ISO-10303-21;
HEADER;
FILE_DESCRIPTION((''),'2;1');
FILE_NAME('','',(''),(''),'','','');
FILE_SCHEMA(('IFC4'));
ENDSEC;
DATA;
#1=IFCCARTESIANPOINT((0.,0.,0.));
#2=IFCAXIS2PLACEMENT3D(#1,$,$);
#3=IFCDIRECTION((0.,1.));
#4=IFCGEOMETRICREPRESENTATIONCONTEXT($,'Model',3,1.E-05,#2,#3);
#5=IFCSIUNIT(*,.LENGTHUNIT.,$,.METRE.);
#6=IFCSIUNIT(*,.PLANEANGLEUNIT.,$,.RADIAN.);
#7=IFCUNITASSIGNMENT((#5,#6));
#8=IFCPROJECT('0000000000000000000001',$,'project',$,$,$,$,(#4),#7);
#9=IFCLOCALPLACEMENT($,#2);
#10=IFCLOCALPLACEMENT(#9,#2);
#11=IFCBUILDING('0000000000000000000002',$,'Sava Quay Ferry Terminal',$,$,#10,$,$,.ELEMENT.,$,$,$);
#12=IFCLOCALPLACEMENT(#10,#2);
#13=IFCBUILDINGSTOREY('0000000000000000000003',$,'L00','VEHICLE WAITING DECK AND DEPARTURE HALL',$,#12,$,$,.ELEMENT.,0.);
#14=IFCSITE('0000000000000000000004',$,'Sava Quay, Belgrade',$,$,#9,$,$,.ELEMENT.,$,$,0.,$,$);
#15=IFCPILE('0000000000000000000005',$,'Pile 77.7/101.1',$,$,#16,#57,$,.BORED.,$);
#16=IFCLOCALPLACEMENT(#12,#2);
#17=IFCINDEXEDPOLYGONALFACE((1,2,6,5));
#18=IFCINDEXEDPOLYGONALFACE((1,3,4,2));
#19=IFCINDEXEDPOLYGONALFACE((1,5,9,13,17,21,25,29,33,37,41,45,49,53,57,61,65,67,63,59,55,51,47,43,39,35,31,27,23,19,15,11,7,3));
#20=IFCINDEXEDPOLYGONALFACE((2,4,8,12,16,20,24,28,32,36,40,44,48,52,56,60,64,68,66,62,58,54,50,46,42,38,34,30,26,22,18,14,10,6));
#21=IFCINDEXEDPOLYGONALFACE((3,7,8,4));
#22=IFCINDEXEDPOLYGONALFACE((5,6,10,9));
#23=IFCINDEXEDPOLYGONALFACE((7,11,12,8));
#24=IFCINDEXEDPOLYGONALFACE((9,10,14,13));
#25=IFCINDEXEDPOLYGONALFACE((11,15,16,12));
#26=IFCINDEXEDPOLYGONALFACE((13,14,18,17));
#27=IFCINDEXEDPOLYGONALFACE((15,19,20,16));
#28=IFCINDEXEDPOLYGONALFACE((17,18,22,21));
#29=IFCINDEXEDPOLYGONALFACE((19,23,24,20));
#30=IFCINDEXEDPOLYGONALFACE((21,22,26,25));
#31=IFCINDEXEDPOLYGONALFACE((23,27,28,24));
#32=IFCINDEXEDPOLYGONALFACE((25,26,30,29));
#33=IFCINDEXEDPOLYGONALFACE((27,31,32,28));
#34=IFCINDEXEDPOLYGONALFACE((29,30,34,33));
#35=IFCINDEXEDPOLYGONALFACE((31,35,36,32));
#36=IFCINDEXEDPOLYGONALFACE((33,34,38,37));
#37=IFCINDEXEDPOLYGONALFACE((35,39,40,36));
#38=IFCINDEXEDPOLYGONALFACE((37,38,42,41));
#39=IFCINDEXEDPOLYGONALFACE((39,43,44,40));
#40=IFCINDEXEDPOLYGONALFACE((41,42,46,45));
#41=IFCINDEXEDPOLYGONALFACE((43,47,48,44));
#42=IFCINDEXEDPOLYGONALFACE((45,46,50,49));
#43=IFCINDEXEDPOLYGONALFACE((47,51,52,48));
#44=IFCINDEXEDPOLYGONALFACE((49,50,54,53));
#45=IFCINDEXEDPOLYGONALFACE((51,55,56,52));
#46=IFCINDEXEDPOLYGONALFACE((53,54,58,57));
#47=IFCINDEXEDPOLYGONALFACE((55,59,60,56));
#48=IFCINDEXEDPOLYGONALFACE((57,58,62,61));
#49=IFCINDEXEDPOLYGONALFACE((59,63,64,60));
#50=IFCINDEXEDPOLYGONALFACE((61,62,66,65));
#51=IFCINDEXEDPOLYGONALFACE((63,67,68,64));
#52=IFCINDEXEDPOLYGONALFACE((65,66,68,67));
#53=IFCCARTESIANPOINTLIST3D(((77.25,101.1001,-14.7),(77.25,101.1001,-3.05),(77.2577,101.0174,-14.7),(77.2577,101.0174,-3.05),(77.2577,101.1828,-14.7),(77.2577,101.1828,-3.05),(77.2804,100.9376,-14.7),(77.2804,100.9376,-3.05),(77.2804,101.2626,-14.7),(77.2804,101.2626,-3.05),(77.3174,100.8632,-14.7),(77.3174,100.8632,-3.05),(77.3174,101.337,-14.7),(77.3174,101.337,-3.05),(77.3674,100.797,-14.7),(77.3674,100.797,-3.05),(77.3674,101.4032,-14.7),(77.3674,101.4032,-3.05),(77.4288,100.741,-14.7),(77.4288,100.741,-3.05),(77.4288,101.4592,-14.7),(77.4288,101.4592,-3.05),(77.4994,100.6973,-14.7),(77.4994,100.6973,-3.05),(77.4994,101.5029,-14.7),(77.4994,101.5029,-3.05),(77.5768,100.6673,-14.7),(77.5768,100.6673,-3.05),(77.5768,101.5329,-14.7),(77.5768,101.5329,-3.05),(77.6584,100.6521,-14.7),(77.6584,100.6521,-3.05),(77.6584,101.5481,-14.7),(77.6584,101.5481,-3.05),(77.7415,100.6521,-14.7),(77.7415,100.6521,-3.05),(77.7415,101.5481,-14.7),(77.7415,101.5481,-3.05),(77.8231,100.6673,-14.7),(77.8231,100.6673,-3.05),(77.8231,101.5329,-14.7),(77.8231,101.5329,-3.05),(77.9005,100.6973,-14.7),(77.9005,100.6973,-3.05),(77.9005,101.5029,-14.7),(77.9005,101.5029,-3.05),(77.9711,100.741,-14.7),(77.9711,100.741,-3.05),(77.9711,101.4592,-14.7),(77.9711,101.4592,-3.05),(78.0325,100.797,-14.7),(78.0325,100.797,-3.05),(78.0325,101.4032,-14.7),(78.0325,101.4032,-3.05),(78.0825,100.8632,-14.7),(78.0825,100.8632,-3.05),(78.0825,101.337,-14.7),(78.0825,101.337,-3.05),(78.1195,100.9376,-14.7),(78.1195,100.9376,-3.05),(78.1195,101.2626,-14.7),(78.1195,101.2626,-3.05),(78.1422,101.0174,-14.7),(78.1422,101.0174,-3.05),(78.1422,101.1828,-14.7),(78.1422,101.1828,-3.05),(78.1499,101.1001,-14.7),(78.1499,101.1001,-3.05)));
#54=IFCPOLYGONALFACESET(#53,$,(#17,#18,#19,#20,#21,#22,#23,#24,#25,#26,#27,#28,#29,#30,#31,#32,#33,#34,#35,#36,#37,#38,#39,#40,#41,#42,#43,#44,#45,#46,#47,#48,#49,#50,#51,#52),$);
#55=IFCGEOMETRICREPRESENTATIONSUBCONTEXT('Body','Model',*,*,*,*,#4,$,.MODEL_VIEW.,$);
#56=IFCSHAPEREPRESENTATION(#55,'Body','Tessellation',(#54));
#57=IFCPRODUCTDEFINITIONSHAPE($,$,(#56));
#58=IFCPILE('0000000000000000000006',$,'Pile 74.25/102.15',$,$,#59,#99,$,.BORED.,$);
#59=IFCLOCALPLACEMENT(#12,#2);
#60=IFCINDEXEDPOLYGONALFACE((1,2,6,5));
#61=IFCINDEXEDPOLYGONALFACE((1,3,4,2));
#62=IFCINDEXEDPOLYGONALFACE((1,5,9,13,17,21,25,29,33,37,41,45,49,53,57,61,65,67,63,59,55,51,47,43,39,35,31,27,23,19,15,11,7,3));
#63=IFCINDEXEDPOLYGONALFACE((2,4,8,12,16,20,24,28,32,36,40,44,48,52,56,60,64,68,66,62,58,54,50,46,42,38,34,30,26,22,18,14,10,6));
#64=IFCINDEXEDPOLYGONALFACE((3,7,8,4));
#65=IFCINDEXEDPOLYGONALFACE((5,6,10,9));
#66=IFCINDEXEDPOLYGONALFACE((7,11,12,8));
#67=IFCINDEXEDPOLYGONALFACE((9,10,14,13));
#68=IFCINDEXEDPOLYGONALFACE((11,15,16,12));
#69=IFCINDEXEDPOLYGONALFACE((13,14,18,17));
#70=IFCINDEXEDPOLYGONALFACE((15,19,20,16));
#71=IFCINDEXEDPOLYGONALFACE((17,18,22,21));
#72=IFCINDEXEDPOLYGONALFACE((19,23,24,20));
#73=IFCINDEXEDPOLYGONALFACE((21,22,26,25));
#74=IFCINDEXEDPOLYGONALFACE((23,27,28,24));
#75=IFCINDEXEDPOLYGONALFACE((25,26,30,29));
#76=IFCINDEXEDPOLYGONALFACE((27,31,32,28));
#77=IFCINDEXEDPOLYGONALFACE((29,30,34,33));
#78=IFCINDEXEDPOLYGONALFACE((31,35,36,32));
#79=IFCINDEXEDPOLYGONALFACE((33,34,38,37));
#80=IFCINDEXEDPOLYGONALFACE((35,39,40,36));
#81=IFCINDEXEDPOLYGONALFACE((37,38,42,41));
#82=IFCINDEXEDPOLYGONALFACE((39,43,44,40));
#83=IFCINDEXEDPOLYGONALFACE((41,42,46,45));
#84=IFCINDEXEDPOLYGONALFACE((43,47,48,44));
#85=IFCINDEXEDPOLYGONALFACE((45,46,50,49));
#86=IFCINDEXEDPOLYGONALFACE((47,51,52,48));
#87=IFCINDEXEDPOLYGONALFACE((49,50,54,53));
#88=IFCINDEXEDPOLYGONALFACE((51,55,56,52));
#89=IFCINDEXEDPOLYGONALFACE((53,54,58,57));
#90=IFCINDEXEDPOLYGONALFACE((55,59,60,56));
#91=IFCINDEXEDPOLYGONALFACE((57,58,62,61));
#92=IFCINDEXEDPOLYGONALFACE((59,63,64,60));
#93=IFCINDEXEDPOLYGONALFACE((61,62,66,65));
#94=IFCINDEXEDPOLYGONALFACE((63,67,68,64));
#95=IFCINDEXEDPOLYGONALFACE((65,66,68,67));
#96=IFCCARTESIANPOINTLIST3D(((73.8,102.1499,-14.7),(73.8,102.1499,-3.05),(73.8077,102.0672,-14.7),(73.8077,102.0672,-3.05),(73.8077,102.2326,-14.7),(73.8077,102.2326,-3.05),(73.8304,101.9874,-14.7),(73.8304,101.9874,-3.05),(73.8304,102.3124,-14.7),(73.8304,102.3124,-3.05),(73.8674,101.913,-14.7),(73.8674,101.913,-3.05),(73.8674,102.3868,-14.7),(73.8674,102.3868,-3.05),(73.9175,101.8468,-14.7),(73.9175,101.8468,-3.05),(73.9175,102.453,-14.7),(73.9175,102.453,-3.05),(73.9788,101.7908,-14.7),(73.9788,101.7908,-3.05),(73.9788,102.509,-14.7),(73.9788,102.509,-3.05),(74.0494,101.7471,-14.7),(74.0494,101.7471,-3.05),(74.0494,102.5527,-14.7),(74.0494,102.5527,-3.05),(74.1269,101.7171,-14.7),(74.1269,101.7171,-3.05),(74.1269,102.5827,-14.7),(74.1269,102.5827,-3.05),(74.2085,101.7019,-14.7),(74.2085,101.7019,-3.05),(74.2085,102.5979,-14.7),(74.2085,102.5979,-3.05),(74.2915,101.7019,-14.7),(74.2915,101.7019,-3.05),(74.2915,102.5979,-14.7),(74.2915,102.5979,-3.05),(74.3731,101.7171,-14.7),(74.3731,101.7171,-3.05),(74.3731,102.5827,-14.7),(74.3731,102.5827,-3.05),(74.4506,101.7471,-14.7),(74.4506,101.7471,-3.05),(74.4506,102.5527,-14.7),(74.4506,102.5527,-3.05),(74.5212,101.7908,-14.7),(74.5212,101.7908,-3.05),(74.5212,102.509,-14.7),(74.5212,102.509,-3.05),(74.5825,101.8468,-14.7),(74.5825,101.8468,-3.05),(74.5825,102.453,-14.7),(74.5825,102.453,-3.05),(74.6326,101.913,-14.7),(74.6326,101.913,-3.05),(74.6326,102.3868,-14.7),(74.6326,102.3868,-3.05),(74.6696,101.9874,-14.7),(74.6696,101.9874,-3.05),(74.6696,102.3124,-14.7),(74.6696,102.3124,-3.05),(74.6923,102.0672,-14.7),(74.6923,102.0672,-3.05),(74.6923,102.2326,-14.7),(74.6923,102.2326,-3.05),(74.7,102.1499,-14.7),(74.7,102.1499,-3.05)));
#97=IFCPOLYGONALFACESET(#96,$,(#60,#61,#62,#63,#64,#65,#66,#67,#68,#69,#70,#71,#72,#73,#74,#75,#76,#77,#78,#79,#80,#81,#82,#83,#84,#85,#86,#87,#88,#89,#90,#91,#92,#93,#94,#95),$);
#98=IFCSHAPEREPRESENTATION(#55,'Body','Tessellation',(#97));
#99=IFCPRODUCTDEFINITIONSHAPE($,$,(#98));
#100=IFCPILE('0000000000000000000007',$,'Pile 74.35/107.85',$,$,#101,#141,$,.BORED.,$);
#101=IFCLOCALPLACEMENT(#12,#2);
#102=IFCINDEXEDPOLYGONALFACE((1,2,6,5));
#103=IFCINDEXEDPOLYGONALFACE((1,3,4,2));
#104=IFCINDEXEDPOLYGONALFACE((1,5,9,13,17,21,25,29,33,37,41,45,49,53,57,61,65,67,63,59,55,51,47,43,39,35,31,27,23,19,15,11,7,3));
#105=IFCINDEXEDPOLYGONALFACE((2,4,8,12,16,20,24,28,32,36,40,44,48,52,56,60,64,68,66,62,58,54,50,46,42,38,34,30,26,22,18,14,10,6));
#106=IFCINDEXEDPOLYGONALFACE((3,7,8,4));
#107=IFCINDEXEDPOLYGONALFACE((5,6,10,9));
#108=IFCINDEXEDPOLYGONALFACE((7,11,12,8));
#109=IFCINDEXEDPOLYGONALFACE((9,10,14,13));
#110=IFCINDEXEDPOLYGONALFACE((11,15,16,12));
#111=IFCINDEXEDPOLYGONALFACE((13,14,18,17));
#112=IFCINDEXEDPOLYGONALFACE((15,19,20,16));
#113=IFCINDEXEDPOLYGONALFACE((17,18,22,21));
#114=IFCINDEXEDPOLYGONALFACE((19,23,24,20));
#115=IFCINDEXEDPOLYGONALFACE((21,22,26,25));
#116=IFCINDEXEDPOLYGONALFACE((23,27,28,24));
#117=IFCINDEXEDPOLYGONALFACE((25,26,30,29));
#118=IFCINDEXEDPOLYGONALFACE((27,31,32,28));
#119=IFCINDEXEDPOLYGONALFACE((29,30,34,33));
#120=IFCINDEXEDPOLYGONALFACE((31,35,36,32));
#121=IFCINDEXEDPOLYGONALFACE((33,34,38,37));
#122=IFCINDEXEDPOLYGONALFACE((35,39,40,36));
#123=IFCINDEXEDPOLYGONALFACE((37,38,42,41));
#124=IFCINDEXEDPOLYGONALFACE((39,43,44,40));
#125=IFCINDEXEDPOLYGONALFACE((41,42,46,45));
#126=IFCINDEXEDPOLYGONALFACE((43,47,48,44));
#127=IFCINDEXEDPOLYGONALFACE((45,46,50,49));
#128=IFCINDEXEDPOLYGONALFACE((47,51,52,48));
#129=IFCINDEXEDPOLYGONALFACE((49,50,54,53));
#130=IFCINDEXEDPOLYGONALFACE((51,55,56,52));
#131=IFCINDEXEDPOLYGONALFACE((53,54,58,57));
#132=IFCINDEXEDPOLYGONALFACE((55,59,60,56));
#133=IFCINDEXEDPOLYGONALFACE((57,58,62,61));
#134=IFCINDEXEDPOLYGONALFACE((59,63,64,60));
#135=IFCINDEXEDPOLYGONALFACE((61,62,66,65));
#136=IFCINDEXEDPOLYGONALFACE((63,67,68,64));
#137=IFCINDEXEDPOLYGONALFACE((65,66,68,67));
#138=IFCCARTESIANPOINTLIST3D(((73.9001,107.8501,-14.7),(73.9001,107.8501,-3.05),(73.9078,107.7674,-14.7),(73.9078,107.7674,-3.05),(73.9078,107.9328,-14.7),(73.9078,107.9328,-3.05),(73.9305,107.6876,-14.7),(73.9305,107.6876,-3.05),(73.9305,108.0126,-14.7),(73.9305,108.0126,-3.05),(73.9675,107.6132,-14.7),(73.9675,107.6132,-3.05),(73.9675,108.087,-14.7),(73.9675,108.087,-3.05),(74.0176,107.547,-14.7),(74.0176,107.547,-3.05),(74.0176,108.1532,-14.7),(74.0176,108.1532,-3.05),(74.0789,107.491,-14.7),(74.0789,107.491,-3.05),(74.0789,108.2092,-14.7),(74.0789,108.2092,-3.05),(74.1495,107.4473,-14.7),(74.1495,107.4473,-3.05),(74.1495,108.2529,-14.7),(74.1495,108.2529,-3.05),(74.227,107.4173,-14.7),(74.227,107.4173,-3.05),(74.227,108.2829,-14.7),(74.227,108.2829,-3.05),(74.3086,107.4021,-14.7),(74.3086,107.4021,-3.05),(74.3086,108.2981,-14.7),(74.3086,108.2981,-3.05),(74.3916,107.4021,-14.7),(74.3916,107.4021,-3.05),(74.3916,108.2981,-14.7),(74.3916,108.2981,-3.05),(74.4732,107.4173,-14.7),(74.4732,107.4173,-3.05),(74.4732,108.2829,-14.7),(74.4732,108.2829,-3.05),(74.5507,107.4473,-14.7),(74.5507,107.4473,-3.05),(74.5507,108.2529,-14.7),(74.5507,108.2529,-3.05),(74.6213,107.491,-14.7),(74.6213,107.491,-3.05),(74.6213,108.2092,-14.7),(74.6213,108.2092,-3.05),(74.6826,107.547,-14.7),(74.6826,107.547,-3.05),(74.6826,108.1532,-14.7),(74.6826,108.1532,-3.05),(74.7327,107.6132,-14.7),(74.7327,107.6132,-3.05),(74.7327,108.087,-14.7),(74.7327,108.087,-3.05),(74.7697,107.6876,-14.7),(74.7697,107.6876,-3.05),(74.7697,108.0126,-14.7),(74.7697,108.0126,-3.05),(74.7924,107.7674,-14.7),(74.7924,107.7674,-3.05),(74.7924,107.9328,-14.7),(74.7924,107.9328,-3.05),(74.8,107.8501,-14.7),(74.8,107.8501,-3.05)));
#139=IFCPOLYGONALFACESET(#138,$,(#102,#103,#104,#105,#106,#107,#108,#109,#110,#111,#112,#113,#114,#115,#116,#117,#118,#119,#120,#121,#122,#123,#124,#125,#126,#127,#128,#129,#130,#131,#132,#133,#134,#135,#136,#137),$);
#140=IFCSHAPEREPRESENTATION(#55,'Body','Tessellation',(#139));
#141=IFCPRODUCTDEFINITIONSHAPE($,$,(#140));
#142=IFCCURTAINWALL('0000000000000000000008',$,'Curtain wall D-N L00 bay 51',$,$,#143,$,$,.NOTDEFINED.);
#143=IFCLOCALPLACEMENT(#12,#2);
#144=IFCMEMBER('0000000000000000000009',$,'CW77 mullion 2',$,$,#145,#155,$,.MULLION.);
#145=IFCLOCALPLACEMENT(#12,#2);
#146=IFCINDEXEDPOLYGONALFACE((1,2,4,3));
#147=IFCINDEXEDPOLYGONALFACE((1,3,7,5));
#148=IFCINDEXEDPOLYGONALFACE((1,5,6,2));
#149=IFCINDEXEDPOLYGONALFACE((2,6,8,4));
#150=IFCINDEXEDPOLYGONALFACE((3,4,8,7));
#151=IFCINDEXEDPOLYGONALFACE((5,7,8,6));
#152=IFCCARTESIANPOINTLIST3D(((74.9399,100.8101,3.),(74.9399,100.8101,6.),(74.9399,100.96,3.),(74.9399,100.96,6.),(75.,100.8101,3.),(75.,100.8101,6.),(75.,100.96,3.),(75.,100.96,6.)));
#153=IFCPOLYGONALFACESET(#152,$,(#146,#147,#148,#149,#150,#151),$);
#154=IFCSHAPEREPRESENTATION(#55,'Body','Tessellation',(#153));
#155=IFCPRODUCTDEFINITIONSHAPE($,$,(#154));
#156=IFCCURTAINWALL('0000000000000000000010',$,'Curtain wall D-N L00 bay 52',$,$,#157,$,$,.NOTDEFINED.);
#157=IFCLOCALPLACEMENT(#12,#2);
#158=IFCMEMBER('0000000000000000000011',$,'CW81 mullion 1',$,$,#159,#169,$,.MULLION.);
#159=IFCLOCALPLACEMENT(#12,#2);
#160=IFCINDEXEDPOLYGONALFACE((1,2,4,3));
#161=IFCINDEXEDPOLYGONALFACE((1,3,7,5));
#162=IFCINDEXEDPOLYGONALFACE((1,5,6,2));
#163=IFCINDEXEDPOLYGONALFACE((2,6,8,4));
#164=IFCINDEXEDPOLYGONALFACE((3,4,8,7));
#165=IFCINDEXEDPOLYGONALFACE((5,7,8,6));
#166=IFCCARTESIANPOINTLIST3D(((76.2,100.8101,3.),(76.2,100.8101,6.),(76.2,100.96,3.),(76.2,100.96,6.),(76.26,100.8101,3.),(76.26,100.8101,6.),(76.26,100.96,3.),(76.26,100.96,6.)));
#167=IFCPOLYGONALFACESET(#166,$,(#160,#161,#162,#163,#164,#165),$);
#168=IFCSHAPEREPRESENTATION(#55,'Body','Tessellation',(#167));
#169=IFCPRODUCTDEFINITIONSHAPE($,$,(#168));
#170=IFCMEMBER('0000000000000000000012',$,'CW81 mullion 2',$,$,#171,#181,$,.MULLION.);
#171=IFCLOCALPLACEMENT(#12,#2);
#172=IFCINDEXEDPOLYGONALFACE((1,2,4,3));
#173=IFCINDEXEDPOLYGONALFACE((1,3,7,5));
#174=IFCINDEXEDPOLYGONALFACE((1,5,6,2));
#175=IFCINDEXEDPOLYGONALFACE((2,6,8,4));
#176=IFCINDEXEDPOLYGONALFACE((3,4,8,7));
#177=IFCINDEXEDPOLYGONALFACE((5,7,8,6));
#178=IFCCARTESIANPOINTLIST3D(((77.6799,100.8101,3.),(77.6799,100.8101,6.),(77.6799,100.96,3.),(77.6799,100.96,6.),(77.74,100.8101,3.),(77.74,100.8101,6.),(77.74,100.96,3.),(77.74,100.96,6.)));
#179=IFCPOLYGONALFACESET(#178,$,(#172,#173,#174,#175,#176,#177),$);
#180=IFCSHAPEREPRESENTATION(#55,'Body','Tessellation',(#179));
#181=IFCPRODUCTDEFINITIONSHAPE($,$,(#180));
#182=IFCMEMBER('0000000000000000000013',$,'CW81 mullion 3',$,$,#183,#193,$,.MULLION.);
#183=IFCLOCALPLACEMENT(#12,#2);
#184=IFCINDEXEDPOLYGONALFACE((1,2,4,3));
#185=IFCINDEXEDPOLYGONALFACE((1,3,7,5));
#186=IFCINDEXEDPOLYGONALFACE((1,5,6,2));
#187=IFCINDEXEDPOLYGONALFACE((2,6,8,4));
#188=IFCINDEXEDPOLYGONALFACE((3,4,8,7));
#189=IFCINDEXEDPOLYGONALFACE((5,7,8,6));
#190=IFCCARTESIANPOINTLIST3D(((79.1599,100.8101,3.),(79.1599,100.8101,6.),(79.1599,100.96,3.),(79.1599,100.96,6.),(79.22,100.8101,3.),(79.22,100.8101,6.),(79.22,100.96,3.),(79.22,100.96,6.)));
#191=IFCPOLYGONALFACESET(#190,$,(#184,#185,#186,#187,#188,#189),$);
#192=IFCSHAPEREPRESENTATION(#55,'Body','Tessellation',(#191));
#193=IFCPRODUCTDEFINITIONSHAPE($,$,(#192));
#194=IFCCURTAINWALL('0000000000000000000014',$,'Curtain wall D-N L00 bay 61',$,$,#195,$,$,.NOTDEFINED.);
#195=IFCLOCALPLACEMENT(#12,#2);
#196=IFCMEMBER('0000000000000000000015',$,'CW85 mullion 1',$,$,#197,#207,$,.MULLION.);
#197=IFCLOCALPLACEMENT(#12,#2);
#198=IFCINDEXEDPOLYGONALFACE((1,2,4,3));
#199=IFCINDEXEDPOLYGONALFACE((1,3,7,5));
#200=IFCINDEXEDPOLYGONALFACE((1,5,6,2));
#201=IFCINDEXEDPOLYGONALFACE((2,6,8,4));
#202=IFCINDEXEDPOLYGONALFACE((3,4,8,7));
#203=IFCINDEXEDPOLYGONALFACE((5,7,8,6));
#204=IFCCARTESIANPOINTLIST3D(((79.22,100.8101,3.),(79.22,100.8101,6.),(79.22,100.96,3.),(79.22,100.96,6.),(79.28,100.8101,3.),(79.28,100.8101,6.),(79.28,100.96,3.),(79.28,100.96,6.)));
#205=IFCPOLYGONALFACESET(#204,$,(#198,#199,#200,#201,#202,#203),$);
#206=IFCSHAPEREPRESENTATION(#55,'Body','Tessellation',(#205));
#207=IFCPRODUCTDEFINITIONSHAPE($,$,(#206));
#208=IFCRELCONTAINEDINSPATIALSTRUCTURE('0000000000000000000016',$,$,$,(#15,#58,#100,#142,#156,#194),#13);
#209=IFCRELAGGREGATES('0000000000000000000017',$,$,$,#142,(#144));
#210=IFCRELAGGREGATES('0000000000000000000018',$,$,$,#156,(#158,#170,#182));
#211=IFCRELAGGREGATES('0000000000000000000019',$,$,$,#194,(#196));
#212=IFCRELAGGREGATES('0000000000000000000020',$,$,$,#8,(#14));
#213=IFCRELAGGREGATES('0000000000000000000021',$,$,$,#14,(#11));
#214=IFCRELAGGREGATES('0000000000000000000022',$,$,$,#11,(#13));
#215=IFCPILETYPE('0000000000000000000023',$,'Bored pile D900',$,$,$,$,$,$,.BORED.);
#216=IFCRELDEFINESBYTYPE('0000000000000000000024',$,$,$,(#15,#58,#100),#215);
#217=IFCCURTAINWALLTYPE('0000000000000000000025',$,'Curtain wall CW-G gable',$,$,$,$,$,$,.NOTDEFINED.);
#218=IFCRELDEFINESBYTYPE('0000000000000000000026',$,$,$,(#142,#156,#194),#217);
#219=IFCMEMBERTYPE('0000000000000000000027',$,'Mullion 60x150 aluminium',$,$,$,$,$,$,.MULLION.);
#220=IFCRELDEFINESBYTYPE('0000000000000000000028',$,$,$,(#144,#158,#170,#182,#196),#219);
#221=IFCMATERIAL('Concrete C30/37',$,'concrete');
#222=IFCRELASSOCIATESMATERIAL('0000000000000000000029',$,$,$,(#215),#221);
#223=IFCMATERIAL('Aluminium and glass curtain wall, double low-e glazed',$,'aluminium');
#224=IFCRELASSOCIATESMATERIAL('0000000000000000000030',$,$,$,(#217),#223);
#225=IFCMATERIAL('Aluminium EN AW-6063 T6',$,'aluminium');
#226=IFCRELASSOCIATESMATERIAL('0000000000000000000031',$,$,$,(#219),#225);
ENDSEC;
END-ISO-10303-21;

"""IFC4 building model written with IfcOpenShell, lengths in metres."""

from ifc_helpers import new_model, si_unit, direction, frame, origin, origin_2d, place, context, subcontext, project, spatial, rectangle, circle, extrude, material, material_profile, profile_set, type_object, element, aggregate, save


model = new_model("IFC4")

# Units and contexts
model_context = context("Model", 3, precision=1e-05, world=origin(), true_north=direction((0.0, 1.0)))
body_context = subcontext(model_context, "Body", "Model", "MODEL_VIEW")
ifc_project = project(units=[si_unit("LENGTHUNIT", "METRE"), si_unit("PLANEANGLEUNIT", "RADIAN")], contexts=[model_context])

# Site, building, storey
site_placement = place(None, origin())
site = spatial("IfcSite", under=ifc_project, at=site_placement, Name="Sava Quay, Belgrade", CompositionType="ELEMENT", RefElevation=0.0)
building_placement = place(site_placement, origin())
building = spatial("IfcBuilding", under=site, at=building_placement, Name="Sava Quay Ferry Terminal", CompositionType="ELEMENT")
storey_placement = place(building_placement, origin())
storey = spatial("IfcBuildingStorey", under=building, at=storey_placement, Name="L00", Description="VEHICLE WAITING DECK AND DEPARTURE HALL", CompositionType="ELEMENT", Elevation=0.0)

# Piles
ifc_material_1 = material(Name="Concrete C30/37", Category="concrete")
ifc_material_profile_1 = material_profile(ifc_material_1, circle(Radius=0.45, at=origin_2d()), Name="Bored pile D900")
ifc_profile_set_1 = profile_set([ifc_material_profile_1], Name="Concrete C30/37")
pile_type = type_object("IfcPileType", Name="Bored pile D900", PredefinedType="BORED", material=ifc_profile_set_1)
for number, where, z_axis, x_axis, name in (
    (1, (77.7, 101.1001, -3.05), (0.0, 0.0, -1.0), (1.0, 0.0, 0.0), "Pile 77.7/101.1"),
    (2, (74.25, 102.1499, -3.05), (0.0, 0.0, -1.0), (1.0, 0.0, 0.0), "Pile 74.25/102.15"),
    (3, (74.3501, 107.8501, -3.05), (0.0, 0.0, -1.0), (1.0, 0.0, 0.0), "Pile 74.35/107.85"),
):
    element("IfcPile", number, at=place(storey_placement, frame(where, z_axis=z_axis, x_axis=x_axis)), inside=storey, type_object=pile_type, Name=name, PredefinedType="BORED", context=body_context, shape_type="SweptSolid", body=[
        extrude(circle(Radius=0.45, at=origin_2d()), origin(), (0.0, 0.0, 1.0), 11.6499),
    ])

# Curtain wall, member
ifc_material_2 = material(Name="Aluminium and glass curtain wall, double low-e glazed", Category="aluminium")
curtain_wall_type = type_object("IfcCurtainWallType", Name="Curtain wall CW-G gable", PredefinedType="NOTDEFINED", material=ifc_material_2)
curtain_wall_1_placement = place(storey_placement, origin())
curtain_wall_1 = element("IfcCurtainWall", 4, at=curtain_wall_1_placement, inside=storey, type_object=curtain_wall_type, Name="Curtain wall D-N L00 bay 51", PredefinedType="NOTDEFINED")
ifc_material_3 = material(Name="Aluminium EN AW-6063 T6", Category="aluminium")
ifc_material_profile_2 = material_profile(ifc_material_3, rectangle(XDim=0.1499, YDim=0.0601, at=origin_2d()), Name="Mullion 60x150 aluminium")
ifc_profile_set_2 = profile_set([ifc_material_profile_2], Name="Aluminium EN AW-6063 T6")
member_type_1 = type_object("IfcMemberType", Name="Mullion 60x150 aluminium", PredefinedType="MULLION", material=ifc_profile_set_2)
member_1_placement = place(storey_placement, frame((74.97, 100.885, 3.0), z_axis=(0.0, 0.0, 1.0), x_axis=(0.0, 1.0, 0.0)))
member_1 = element("IfcMember", 5, at=member_1_placement, type_object=member_type_1, Name="CW77 mullion 2", PredefinedType="MULLION", context=body_context, shape_type="SweptSolid", body=[
    extrude(rectangle(XDim=0.1499, YDim=0.0601, at=origin_2d()), origin(), (0.0, 0.0, 1.0), 3.0),
])

# Curtain walls, members
curtain_wall_2_placement = place(storey_placement, origin())
curtain_wall_2 = element("IfcCurtainWall", 6, at=curtain_wall_2_placement, inside=storey, type_object=curtain_wall_type, Name="Curtain wall D-N L00 bay 52", PredefinedType="NOTDEFINED")
member_2_placement = place(storey_placement, frame((76.23, 100.885, 3.0), z_axis=(0.0, 0.0, 1.0), x_axis=(0.0, 1.0, 0.0)))
member_2 = element("IfcMember", 7, at=member_2_placement, type_object=member_type_1, Name="CW81 mullion 1", PredefinedType="MULLION", context=body_context, shape_type="SweptSolid", body=[
    extrude(rectangle(XDim=0.1499, YDim=0.0601, at=origin_2d()), origin(), (0.0, 0.0, 1.0), 3.0),
])
member_3_placement = place(storey_placement, frame((77.71, 100.885, 3.0), z_axis=(0.0, 0.0, 1.0), x_axis=(0.0, 1.0, 0.0)))
member_3 = element("IfcMember", 8, at=member_3_placement, type_object=member_type_1, Name="CW81 mullion 2", PredefinedType="MULLION", context=body_context, shape_type="SweptSolid", body=[
    extrude(rectangle(XDim=0.1499, YDim=0.0601, at=origin_2d()), origin(), (0.0, 0.0, 1.0), 3.0),
])
member_4_placement = place(storey_placement, frame((79.1899, 100.885, 3.0), z_axis=(0.0, 0.0, 1.0), x_axis=(0.0, 1.0, 0.0)))
member_4 = element("IfcMember", 9, at=member_4_placement, type_object=member_type_1, Name="CW81 mullion 3", PredefinedType="MULLION", context=body_context, shape_type="SweptSolid", body=[
    extrude(rectangle(XDim=0.1499, YDim=0.0601, at=origin_2d()), origin(), (0.0, 0.0, 1.0), 3.0),
])
curtain_wall_3_placement = place(storey_placement, origin())
curtain_wall_3 = element("IfcCurtainWall", 10, at=curtain_wall_3_placement, inside=storey, type_object=curtain_wall_type, Name="Curtain wall D-N L00 bay 61", PredefinedType="NOTDEFINED")
member_5_placement = place(storey_placement, frame((79.25, 100.885, 3.0), z_axis=(0.0, 0.0, 1.0), x_axis=(0.0, 1.0, 0.0)))
member_5 = element("IfcMember", 11, at=member_5_placement, type_object=member_type_1, Name="CW85 mullion 1", PredefinedType="MULLION", context=body_context, shape_type="SweptSolid", body=[
    extrude(rectangle(XDim=0.1499, YDim=0.0601, at=origin_2d()), origin(), (0.0, 0.0, 1.0), 3.0),
])

aggregate(curtain_wall_1, [member_1])
aggregate(curtain_wall_2, [member_2, member_3, member_4])
aggregate(curtain_wall_3, [member_5])

save(model, "model.ifc")
